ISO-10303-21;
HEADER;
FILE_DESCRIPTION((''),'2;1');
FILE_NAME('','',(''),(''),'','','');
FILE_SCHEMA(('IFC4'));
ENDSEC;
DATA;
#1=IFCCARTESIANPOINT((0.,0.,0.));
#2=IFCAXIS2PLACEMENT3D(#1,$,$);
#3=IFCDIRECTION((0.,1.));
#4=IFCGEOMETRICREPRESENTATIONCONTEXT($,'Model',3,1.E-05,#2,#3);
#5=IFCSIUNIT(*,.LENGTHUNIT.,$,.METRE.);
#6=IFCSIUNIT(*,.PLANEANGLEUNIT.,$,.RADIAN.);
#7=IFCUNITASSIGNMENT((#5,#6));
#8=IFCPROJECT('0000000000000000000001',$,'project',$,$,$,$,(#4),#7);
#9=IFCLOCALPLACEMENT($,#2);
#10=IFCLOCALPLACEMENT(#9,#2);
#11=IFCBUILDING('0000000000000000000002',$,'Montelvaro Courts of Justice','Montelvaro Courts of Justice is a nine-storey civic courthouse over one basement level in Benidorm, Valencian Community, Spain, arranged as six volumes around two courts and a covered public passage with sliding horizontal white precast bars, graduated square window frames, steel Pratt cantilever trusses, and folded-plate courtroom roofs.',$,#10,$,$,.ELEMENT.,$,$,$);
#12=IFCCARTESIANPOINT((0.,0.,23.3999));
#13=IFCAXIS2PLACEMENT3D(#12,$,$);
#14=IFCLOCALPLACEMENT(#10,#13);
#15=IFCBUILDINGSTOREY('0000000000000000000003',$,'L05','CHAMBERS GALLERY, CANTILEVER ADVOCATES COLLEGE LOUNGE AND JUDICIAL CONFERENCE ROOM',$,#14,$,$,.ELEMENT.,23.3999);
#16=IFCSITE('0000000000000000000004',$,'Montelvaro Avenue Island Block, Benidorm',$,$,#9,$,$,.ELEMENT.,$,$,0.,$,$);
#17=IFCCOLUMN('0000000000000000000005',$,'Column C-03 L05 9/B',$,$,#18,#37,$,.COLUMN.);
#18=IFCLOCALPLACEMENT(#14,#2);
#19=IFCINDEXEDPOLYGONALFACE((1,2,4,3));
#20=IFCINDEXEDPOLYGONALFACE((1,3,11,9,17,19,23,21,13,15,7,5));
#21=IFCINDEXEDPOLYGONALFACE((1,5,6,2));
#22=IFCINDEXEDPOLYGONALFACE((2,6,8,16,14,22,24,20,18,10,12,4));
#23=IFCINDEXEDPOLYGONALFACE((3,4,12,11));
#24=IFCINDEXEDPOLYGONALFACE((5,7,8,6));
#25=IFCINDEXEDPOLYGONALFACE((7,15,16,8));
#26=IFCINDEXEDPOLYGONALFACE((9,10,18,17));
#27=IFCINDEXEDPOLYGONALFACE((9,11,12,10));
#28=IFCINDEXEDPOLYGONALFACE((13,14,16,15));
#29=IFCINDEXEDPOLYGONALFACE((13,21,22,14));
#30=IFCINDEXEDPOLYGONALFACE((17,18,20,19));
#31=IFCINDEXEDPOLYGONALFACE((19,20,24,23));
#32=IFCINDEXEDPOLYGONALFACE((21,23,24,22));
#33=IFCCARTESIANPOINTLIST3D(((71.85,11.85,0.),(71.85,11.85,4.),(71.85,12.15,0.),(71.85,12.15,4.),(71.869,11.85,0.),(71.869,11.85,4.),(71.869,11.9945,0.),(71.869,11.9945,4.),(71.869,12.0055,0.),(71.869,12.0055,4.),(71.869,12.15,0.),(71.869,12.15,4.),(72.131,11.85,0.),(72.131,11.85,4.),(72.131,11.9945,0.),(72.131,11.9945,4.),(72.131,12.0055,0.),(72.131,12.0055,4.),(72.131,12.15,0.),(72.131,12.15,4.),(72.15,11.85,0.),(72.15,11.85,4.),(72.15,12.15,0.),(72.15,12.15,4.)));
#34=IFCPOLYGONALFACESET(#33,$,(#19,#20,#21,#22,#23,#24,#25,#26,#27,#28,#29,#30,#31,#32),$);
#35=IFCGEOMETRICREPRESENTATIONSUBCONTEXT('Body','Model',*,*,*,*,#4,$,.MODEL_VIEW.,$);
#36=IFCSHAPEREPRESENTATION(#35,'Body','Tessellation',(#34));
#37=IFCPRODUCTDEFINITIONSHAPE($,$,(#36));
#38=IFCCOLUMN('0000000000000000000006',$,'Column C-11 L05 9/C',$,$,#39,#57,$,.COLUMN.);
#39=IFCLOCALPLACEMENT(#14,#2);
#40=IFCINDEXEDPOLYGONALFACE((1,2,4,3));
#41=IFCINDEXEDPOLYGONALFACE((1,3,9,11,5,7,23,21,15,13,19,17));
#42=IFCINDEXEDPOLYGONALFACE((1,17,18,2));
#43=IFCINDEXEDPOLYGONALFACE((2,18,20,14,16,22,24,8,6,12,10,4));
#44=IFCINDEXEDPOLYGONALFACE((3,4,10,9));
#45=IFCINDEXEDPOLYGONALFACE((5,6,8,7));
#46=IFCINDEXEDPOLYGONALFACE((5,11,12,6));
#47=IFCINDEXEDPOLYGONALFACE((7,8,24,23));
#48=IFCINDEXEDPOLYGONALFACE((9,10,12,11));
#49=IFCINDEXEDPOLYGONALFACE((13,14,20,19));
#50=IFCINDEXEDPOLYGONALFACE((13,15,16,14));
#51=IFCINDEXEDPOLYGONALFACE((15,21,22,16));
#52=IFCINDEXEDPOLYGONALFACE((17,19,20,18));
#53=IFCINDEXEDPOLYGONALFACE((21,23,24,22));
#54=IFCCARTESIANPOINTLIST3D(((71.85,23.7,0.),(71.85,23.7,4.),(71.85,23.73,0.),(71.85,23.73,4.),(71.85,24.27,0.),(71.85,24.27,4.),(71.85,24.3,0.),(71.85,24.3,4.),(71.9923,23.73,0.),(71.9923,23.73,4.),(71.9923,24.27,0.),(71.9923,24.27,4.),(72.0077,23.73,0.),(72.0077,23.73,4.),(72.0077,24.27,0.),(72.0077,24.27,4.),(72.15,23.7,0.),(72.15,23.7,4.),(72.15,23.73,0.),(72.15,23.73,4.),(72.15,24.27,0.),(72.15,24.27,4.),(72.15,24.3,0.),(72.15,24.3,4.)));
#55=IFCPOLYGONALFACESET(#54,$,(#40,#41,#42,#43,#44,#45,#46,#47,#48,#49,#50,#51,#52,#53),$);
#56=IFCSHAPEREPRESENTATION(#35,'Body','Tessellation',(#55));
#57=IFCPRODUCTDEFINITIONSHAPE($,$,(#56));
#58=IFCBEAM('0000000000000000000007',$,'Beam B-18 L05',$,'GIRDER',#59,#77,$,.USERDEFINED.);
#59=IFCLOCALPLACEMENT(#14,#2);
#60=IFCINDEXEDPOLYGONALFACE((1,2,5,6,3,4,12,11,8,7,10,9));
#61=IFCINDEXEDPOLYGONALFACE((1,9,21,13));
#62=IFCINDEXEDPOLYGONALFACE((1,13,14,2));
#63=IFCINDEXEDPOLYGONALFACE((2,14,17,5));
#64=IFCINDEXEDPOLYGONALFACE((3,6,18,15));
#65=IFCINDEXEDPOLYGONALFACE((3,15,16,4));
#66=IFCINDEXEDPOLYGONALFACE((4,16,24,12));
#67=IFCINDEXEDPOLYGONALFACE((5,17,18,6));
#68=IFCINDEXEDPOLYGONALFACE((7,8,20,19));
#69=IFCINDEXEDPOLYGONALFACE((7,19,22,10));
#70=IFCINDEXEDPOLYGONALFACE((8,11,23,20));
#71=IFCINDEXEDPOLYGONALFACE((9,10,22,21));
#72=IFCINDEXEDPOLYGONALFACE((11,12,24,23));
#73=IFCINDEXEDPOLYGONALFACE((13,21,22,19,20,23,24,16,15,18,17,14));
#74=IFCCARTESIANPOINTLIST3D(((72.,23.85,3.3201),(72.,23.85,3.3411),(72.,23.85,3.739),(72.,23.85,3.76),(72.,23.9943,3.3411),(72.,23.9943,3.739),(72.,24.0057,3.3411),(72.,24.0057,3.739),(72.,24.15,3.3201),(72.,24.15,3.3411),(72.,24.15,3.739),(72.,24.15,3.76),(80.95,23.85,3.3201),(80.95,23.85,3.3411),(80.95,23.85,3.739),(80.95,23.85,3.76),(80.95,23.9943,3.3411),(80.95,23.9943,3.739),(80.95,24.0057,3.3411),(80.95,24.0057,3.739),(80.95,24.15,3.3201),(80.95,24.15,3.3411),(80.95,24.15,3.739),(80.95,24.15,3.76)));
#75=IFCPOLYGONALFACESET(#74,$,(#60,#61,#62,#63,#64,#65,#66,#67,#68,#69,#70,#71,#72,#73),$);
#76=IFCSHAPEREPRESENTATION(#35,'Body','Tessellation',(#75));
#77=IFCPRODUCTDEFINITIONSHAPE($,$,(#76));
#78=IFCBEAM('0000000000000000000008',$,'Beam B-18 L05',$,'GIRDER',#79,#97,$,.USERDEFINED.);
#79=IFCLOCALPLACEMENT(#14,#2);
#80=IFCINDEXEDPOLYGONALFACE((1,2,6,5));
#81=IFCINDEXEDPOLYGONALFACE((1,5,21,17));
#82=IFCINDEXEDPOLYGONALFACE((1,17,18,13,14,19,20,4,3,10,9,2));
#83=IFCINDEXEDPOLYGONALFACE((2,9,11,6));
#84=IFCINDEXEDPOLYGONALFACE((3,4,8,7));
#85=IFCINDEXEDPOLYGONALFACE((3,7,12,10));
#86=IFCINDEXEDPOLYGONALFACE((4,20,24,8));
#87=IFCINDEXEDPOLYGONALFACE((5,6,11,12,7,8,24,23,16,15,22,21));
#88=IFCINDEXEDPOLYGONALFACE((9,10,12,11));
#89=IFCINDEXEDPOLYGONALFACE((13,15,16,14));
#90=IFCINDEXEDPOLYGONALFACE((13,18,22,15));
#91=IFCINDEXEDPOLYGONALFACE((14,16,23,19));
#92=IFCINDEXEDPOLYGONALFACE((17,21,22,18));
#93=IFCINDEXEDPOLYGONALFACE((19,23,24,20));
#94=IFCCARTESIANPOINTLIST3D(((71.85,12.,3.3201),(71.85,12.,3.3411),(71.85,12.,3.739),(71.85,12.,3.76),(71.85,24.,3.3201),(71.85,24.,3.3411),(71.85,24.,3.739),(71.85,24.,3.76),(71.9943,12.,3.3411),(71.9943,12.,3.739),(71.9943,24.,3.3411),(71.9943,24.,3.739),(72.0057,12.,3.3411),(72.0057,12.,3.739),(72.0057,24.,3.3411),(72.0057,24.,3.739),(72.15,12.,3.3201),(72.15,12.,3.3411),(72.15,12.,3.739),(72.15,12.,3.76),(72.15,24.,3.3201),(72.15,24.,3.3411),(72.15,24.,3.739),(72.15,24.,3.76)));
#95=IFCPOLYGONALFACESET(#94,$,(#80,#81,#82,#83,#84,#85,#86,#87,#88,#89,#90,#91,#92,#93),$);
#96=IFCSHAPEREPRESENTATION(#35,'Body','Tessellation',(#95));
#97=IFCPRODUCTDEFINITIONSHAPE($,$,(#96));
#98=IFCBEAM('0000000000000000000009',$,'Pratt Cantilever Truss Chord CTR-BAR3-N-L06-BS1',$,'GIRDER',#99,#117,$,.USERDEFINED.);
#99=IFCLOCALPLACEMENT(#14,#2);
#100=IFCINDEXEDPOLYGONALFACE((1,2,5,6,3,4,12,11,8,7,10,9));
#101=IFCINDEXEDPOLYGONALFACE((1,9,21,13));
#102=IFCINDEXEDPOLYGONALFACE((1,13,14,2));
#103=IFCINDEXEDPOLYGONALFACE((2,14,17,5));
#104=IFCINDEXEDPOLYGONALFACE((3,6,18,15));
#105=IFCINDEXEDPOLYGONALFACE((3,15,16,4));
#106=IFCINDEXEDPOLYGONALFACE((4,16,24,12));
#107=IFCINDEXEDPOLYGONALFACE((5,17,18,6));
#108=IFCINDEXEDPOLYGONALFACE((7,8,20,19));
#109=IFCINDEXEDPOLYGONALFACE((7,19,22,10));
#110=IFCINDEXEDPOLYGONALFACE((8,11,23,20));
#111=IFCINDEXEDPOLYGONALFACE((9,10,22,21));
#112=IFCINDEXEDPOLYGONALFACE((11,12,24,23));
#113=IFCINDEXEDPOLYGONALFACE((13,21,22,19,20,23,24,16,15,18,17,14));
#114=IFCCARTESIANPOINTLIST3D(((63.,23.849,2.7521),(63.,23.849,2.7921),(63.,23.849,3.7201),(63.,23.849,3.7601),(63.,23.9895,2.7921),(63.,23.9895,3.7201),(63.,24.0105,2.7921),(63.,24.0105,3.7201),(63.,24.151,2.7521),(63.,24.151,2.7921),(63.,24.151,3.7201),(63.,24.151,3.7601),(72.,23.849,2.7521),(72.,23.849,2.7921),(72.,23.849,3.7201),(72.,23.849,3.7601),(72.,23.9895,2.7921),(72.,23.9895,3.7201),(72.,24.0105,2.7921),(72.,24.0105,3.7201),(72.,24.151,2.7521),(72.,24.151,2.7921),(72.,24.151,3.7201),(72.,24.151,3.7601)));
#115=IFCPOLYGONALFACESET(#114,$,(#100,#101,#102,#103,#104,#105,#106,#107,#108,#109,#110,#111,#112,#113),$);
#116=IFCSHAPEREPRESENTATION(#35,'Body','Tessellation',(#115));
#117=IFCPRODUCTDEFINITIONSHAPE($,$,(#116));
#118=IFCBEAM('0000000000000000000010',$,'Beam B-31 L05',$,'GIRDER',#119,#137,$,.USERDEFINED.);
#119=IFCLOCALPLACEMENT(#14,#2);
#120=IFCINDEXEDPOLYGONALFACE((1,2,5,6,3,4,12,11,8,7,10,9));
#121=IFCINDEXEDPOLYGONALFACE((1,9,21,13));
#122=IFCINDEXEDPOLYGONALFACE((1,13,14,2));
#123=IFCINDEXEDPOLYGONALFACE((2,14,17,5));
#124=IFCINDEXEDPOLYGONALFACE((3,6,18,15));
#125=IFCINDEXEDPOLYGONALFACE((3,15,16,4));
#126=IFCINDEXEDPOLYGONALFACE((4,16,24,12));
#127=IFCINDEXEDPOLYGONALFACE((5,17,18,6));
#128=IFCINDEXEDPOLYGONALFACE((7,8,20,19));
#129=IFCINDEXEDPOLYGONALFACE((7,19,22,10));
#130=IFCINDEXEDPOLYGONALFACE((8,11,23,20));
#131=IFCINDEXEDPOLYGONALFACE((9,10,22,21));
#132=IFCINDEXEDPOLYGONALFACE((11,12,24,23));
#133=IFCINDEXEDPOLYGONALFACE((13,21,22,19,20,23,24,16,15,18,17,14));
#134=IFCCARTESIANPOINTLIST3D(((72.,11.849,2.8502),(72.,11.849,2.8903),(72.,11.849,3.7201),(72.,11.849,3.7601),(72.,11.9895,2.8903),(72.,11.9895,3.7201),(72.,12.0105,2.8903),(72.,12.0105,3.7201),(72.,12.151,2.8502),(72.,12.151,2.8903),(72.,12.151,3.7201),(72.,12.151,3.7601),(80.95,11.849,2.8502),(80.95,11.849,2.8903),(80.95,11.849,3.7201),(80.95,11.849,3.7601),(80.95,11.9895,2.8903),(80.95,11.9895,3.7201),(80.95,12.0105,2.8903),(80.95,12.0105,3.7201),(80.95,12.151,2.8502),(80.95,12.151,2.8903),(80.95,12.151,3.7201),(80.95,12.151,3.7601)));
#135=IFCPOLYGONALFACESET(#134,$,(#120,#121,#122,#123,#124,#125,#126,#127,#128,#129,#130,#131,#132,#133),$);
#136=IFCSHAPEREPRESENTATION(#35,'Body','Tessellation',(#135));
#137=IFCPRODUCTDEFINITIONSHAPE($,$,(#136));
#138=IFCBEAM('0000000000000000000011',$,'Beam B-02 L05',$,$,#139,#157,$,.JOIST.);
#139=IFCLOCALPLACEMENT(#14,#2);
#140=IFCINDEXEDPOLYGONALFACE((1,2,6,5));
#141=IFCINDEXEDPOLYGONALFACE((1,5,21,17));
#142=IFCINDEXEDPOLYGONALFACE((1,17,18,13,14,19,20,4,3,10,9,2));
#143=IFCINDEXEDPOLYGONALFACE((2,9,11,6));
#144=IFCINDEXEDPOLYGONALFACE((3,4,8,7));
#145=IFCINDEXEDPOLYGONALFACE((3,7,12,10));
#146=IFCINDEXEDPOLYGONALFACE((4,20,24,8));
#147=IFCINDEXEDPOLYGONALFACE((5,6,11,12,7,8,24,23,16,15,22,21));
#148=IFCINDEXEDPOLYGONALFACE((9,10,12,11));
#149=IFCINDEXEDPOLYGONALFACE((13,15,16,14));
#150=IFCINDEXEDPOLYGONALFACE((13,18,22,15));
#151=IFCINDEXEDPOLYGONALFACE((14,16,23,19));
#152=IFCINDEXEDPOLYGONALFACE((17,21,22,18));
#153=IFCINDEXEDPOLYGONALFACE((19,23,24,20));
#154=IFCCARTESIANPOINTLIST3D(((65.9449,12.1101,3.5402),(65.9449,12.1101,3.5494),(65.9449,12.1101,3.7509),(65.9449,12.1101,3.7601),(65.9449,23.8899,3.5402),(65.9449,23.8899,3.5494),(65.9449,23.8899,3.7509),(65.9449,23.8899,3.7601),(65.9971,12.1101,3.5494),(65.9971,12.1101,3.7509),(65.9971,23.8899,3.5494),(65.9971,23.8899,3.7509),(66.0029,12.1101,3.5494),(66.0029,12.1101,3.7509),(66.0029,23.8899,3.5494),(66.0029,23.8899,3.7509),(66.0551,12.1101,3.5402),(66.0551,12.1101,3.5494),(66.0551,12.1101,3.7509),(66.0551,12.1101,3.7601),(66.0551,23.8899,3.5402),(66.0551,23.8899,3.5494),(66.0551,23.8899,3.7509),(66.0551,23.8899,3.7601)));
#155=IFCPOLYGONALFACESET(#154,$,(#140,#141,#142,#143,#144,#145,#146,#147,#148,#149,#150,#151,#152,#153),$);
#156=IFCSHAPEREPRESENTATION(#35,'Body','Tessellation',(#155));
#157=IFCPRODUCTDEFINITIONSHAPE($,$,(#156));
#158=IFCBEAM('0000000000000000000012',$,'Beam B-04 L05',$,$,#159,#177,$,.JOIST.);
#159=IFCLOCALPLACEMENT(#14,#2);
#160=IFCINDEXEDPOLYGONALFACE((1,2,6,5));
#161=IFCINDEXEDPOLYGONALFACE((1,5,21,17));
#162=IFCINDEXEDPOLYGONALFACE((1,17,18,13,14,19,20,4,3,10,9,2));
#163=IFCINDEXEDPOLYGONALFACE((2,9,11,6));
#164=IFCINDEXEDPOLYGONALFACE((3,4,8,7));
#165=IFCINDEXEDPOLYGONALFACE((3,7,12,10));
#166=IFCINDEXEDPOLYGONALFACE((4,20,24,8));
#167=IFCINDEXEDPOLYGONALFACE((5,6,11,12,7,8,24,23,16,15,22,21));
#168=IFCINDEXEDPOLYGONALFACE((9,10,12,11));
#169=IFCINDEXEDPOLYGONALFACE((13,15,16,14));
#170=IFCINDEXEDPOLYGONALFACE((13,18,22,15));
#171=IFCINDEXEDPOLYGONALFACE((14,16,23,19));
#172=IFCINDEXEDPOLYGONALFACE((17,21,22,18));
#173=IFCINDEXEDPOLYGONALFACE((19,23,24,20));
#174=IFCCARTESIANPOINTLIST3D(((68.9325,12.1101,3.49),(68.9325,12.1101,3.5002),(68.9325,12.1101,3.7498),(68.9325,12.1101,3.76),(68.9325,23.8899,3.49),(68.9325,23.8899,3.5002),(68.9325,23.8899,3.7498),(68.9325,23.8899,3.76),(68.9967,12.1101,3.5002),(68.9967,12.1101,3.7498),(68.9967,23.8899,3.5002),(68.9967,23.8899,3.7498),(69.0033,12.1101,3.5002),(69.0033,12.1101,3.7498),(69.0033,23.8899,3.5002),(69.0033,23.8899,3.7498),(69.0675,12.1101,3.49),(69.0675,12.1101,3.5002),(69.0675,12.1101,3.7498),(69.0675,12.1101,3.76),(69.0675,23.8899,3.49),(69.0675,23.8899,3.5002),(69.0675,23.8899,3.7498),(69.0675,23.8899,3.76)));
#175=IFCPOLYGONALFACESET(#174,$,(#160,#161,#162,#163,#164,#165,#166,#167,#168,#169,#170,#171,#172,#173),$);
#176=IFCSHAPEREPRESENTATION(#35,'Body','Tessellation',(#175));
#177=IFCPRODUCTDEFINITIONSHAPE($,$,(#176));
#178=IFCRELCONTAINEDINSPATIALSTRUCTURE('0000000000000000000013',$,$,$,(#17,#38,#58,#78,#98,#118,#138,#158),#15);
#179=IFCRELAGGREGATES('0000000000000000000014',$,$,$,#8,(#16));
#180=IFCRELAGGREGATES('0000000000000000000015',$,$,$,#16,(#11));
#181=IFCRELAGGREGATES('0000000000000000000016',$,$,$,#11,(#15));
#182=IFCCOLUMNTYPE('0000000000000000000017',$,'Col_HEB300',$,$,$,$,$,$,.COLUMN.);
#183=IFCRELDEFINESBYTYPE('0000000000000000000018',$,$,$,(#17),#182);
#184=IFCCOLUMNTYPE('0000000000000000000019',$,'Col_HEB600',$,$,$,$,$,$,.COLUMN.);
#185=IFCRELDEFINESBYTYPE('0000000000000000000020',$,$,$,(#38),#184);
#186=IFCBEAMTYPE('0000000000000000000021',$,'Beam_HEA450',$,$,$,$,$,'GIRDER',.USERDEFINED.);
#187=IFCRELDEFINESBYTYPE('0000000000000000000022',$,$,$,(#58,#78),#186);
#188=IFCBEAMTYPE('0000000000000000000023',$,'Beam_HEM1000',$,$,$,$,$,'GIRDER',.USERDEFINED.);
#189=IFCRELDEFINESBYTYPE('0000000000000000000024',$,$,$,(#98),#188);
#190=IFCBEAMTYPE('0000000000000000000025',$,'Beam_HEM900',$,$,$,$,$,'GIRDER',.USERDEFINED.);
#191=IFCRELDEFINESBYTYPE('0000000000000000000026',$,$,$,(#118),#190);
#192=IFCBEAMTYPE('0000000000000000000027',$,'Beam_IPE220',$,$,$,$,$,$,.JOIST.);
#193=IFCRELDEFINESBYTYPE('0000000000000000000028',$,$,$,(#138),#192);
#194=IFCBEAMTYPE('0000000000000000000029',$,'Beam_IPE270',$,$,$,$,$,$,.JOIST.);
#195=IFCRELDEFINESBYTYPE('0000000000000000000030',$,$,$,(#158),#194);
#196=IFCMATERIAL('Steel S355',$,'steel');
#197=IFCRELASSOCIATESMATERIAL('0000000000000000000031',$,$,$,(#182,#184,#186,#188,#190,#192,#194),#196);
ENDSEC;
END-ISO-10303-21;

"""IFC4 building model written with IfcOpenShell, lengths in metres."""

from ifc_helpers import new_model, si_unit, direction, frame, origin, origin_2d, place, context, subcontext, project, spatial, i_section, extrude, material, material_profile, profile_set, type_object, element, save


model = new_model("IFC4")

# Units and contexts
model_context = context("Model", 3, precision=1e-05, world=origin(), true_north=direction((0.0, 1.0)))
body_context = subcontext(model_context, "Body", "Model", "MODEL_VIEW")
ifc_project = project(units=[si_unit("LENGTHUNIT", "METRE"), si_unit("PLANEANGLEUNIT", "RADIAN")], contexts=[model_context])

# Site, building, storey
site_placement = place(None, origin())
site = spatial("IfcSite", under=ifc_project, at=site_placement, Name="Montelvaro Avenue Island Block, Benidorm", CompositionType="ELEMENT", RefElevation=0.0)
building_placement = place(site_placement, origin())
building = spatial("IfcBuilding", under=site, at=building_placement, Name="Montelvaro Courts of Justice", Description="Montelvaro Courts of Justice is a nine-storey civic courthouse over one basement level in Benidorm, Valencian Community, Spain, arranged as six volumes around two courts and a covered public passage with sliding horizontal white precast bars, graduated square window frames, steel Pratt cantilever trusses, and folded-plate courtroom roofs.", CompositionType="ELEMENT")
storey_placement = place(building_placement, frame((0.0, 0.0, 23.3999)))
storey = spatial("IfcBuildingStorey", under=building, at=storey_placement, Name="L05", Description="CHAMBERS GALLERY, CANTILEVER ADVOCATES COLLEGE LOUNGE AND JUDICIAL CONFERENCE ROOM", CompositionType="ELEMENT", Elevation=23.3999)

# Columns
ifc_material_1 = material(Name="Steel S355", Category="steel")
ifc_material_profile_1 = material_profile(ifc_material_1, i_section(OverallWidth=0.3, OverallDepth=0.3, WebThickness=0.011, FlangeThickness=0.019, at=origin_2d()), Name="HEB 300")
ifc_profile_set_1 = profile_set([ifc_material_profile_1], Name="Steel S355")
column_type_1 = type_object("IfcColumnType", Name="Col_HEB300", PredefinedType="COLUMN", material=ifc_profile_set_1)
column_1_placement = place(storey_placement, frame((72.0, 12.0, 0.0), z_axis=(0.0, 0.0, 1.0), x_axis=(0.0, 1.0, 0.0)))
element("IfcColumn", 1, at=column_1_placement, inside=storey, type_object=column_type_1, Name="Column C-03 L05 9/B", PredefinedType="COLUMN", context=body_context, shape_type="SweptSolid", body=[
    extrude(i_section(OverallWidth=0.3, OverallDepth=0.3, WebThickness=0.011, FlangeThickness=0.019, at=origin_2d()), origin(), (0.0, 0.0, 1.0), 4.0),
])
ifc_material_profile_2 = material_profile(ifc_material_1, i_section(OverallWidth=0.3, OverallDepth=0.6001, WebThickness=0.0154, FlangeThickness=0.03, at=origin_2d()), Name="HEB 600")
ifc_profile_set_2 = profile_set([ifc_material_profile_2], Name="Steel S355")
column_type_2 = type_object("IfcColumnType", Name="Col_HEB600", PredefinedType="COLUMN", material=ifc_profile_set_2)
column_2_placement = place(storey_placement, frame((72.0, 24.0, 0.0), z_axis=(0.0, 0.0, 1.0), x_axis=(1.0, 0.0, 0.0)))
element("IfcColumn", 2, at=column_2_placement, inside=storey, type_object=column_type_2, Name="Column C-11 L05 9/C", PredefinedType="COLUMN", context=body_context, shape_type="SweptSolid", body=[
    extrude(i_section(OverallWidth=0.3, OverallDepth=0.6001, WebThickness=0.0154, FlangeThickness=0.03, at=origin_2d()), origin(), (0.0, 0.0, 1.0), 4.0),
])

# Beams
ifc_material_profile_3 = material_profile(ifc_material_1, i_section(OverallWidth=0.3, OverallDepth=0.4399, WebThickness=0.0115, FlangeThickness=0.021, at=origin_2d()), Name="HEA 450")
ifc_profile_set_3 = profile_set([ifc_material_profile_3], Name="Steel S355")
beam_type_1 = type_object("IfcBeamType", Name="Beam_HEA450", ElementType="GIRDER", PredefinedType="USERDEFINED", material=ifc_profile_set_3)
beam_1_placement = place(storey_placement, frame((72.0, 24.0, 3.54), z_axis=(1.0, 0.0, 0.0), x_axis=(0.0, 1.0, 0.0)))
element("IfcBeam", 3, at=beam_1_placement, inside=storey, type_object=beam_type_1, Name="Beam B-18 L05", ObjectType="GIRDER", PredefinedType="USERDEFINED", context=body_context, shape_type="SweptSolid", body=[
    extrude(i_section(OverallWidth=0.3, OverallDepth=0.4399, WebThickness=0.0115, FlangeThickness=0.021, at=origin_2d()), origin(), (0.0, 0.0, 1.0), 8.95),
])
beam_2_placement = place(storey_placement, frame((72.0, 12.0, 3.54), z_axis=(0.0, 1.0, 0.0), x_axis=(-1.0, 0.0, 0.0)))
element("IfcBeam", 4, at=beam_2_placement, inside=storey, type_object=beam_type_1, Name="Beam B-18 L05", ObjectType="GIRDER", PredefinedType="USERDEFINED", context=body_context, shape_type="SweptSolid", body=[
    extrude(i_section(OverallWidth=0.3, OverallDepth=0.4399, WebThickness=0.0115, FlangeThickness=0.021, at=origin_2d()), origin(), (0.0, 0.0, 1.0), 12.0),
])
ifc_material_profile_4 = material_profile(ifc_material_1, i_section(OverallWidth=0.302, OverallDepth=1.0081, WebThickness=0.021, FlangeThickness=0.04, at=origin_2d()), Name="HEM 1000")
ifc_profile_set_4 = profile_set([ifc_material_profile_4], Name="Steel S355")
beam_type_2 = type_object("IfcBeamType", Name="Beam_HEM1000", ElementType="GIRDER", PredefinedType="USERDEFINED", material=ifc_profile_set_4)
beam_3_placement = place(storey_placement, frame((72.0, 24.0, 3.2561), z_axis=(-1.0, 0.0, 0.0), x_axis=(0.0, -1.0, 0.0)))
element("IfcBeam", 5, at=beam_3_placement, inside=storey, type_object=beam_type_2, Name="Pratt Cantilever Truss Chord CTR-BAR3-N-L06-BS1", ObjectType="GIRDER", PredefinedType="USERDEFINED", context=body_context, shape_type="SweptSolid", body=[
    extrude(i_section(OverallWidth=0.302, OverallDepth=1.0081, WebThickness=0.021, FlangeThickness=0.04, at=origin_2d()), origin(), (0.0, 0.0, 1.0), 9.0),
])
ifc_material_profile_5 = material_profile(ifc_material_1, i_section(OverallWidth=0.302, OverallDepth=0.9099, WebThickness=0.021, FlangeThickness=0.04, at=origin_2d()), Name="HEM 900")
ifc_profile_set_5 = profile_set([ifc_material_profile_5], Name="Steel S355")
beam_type_3 = type_object("IfcBeamType", Name="Beam_HEM900", ElementType="GIRDER", PredefinedType="USERDEFINED", material=ifc_profile_set_5)
beam_4_placement = place(storey_placement, frame((72.0, 12.0, 3.3052), z_axis=(1.0, 0.0, 0.0), x_axis=(0.0, 1.0, 0.0)))
element("IfcBeam", 6, at=beam_4_placement, inside=storey, type_object=beam_type_3, Name="Beam B-31 L05", ObjectType="GIRDER", PredefinedType="USERDEFINED", context=body_context, shape_type="SweptSolid", body=[
    extrude(i_section(OverallWidth=0.302, OverallDepth=0.9099, WebThickness=0.021, FlangeThickness=0.04, at=origin_2d()), origin(), (0.0, 0.0, 1.0), 8.95),
])
ifc_material_profile_6 = material_profile(ifc_material_1, i_section(OverallWidth=0.1101, OverallDepth=0.22, WebThickness=0.0059, FlangeThickness=0.0093, at=origin_2d()), Name="IPE 220")
ifc_profile_set_6 = profile_set([ifc_material_profile_6], Name="Steel S355")
beam_type_4 = type_object("IfcBeamType", Name="Beam_IPE220", PredefinedType="JOIST", material=ifc_profile_set_6)
beam_5_placement = place(storey_placement, frame((66.0, 12.1101, 3.6501), z_axis=(0.0, 1.0, 0.0), x_axis=(-1.0, 0.0, 0.0)))
element("IfcBeam", 7, at=beam_5_placement, inside=storey, type_object=beam_type_4, Name="Beam B-02 L05", PredefinedType="JOIST", context=body_context, shape_type="SweptSolid", body=[
    extrude(i_section(OverallWidth=0.1101, OverallDepth=0.22, WebThickness=0.0059, FlangeThickness=0.0093, at=origin_2d()), origin(), (0.0, 0.0, 1.0), 11.7798),
])
ifc_material_profile_7 = material_profile(ifc_material_1, i_section(OverallWidth=0.135, OverallDepth=0.27, WebThickness=0.0066, FlangeThickness=0.0103, at=origin_2d()), Name="IPE 270")
ifc_profile_set_7 = profile_set([ifc_material_profile_7], Name="Steel S355")
beam_type_5 = type_object("IfcBeamType", Name="Beam_IPE270", PredefinedType="JOIST", material=ifc_profile_set_7)
beam_6_placement = place(storey_placement, frame((69.0, 12.1101, 3.625), z_axis=(0.0, 1.0, 0.0), x_axis=(-1.0, 0.0, 0.0)))
element("IfcBeam", 8, at=beam_6_placement, inside=storey, type_object=beam_type_5, Name="Beam B-04 L05", PredefinedType="JOIST", context=body_context, shape_type="SweptSolid", body=[
    extrude(i_section(OverallWidth=0.135, OverallDepth=0.27, WebThickness=0.0066, FlangeThickness=0.0103, at=origin_2d()), origin(), (0.0, 0.0, 1.0), 11.7798),
])

save(model, "model.ifc")
